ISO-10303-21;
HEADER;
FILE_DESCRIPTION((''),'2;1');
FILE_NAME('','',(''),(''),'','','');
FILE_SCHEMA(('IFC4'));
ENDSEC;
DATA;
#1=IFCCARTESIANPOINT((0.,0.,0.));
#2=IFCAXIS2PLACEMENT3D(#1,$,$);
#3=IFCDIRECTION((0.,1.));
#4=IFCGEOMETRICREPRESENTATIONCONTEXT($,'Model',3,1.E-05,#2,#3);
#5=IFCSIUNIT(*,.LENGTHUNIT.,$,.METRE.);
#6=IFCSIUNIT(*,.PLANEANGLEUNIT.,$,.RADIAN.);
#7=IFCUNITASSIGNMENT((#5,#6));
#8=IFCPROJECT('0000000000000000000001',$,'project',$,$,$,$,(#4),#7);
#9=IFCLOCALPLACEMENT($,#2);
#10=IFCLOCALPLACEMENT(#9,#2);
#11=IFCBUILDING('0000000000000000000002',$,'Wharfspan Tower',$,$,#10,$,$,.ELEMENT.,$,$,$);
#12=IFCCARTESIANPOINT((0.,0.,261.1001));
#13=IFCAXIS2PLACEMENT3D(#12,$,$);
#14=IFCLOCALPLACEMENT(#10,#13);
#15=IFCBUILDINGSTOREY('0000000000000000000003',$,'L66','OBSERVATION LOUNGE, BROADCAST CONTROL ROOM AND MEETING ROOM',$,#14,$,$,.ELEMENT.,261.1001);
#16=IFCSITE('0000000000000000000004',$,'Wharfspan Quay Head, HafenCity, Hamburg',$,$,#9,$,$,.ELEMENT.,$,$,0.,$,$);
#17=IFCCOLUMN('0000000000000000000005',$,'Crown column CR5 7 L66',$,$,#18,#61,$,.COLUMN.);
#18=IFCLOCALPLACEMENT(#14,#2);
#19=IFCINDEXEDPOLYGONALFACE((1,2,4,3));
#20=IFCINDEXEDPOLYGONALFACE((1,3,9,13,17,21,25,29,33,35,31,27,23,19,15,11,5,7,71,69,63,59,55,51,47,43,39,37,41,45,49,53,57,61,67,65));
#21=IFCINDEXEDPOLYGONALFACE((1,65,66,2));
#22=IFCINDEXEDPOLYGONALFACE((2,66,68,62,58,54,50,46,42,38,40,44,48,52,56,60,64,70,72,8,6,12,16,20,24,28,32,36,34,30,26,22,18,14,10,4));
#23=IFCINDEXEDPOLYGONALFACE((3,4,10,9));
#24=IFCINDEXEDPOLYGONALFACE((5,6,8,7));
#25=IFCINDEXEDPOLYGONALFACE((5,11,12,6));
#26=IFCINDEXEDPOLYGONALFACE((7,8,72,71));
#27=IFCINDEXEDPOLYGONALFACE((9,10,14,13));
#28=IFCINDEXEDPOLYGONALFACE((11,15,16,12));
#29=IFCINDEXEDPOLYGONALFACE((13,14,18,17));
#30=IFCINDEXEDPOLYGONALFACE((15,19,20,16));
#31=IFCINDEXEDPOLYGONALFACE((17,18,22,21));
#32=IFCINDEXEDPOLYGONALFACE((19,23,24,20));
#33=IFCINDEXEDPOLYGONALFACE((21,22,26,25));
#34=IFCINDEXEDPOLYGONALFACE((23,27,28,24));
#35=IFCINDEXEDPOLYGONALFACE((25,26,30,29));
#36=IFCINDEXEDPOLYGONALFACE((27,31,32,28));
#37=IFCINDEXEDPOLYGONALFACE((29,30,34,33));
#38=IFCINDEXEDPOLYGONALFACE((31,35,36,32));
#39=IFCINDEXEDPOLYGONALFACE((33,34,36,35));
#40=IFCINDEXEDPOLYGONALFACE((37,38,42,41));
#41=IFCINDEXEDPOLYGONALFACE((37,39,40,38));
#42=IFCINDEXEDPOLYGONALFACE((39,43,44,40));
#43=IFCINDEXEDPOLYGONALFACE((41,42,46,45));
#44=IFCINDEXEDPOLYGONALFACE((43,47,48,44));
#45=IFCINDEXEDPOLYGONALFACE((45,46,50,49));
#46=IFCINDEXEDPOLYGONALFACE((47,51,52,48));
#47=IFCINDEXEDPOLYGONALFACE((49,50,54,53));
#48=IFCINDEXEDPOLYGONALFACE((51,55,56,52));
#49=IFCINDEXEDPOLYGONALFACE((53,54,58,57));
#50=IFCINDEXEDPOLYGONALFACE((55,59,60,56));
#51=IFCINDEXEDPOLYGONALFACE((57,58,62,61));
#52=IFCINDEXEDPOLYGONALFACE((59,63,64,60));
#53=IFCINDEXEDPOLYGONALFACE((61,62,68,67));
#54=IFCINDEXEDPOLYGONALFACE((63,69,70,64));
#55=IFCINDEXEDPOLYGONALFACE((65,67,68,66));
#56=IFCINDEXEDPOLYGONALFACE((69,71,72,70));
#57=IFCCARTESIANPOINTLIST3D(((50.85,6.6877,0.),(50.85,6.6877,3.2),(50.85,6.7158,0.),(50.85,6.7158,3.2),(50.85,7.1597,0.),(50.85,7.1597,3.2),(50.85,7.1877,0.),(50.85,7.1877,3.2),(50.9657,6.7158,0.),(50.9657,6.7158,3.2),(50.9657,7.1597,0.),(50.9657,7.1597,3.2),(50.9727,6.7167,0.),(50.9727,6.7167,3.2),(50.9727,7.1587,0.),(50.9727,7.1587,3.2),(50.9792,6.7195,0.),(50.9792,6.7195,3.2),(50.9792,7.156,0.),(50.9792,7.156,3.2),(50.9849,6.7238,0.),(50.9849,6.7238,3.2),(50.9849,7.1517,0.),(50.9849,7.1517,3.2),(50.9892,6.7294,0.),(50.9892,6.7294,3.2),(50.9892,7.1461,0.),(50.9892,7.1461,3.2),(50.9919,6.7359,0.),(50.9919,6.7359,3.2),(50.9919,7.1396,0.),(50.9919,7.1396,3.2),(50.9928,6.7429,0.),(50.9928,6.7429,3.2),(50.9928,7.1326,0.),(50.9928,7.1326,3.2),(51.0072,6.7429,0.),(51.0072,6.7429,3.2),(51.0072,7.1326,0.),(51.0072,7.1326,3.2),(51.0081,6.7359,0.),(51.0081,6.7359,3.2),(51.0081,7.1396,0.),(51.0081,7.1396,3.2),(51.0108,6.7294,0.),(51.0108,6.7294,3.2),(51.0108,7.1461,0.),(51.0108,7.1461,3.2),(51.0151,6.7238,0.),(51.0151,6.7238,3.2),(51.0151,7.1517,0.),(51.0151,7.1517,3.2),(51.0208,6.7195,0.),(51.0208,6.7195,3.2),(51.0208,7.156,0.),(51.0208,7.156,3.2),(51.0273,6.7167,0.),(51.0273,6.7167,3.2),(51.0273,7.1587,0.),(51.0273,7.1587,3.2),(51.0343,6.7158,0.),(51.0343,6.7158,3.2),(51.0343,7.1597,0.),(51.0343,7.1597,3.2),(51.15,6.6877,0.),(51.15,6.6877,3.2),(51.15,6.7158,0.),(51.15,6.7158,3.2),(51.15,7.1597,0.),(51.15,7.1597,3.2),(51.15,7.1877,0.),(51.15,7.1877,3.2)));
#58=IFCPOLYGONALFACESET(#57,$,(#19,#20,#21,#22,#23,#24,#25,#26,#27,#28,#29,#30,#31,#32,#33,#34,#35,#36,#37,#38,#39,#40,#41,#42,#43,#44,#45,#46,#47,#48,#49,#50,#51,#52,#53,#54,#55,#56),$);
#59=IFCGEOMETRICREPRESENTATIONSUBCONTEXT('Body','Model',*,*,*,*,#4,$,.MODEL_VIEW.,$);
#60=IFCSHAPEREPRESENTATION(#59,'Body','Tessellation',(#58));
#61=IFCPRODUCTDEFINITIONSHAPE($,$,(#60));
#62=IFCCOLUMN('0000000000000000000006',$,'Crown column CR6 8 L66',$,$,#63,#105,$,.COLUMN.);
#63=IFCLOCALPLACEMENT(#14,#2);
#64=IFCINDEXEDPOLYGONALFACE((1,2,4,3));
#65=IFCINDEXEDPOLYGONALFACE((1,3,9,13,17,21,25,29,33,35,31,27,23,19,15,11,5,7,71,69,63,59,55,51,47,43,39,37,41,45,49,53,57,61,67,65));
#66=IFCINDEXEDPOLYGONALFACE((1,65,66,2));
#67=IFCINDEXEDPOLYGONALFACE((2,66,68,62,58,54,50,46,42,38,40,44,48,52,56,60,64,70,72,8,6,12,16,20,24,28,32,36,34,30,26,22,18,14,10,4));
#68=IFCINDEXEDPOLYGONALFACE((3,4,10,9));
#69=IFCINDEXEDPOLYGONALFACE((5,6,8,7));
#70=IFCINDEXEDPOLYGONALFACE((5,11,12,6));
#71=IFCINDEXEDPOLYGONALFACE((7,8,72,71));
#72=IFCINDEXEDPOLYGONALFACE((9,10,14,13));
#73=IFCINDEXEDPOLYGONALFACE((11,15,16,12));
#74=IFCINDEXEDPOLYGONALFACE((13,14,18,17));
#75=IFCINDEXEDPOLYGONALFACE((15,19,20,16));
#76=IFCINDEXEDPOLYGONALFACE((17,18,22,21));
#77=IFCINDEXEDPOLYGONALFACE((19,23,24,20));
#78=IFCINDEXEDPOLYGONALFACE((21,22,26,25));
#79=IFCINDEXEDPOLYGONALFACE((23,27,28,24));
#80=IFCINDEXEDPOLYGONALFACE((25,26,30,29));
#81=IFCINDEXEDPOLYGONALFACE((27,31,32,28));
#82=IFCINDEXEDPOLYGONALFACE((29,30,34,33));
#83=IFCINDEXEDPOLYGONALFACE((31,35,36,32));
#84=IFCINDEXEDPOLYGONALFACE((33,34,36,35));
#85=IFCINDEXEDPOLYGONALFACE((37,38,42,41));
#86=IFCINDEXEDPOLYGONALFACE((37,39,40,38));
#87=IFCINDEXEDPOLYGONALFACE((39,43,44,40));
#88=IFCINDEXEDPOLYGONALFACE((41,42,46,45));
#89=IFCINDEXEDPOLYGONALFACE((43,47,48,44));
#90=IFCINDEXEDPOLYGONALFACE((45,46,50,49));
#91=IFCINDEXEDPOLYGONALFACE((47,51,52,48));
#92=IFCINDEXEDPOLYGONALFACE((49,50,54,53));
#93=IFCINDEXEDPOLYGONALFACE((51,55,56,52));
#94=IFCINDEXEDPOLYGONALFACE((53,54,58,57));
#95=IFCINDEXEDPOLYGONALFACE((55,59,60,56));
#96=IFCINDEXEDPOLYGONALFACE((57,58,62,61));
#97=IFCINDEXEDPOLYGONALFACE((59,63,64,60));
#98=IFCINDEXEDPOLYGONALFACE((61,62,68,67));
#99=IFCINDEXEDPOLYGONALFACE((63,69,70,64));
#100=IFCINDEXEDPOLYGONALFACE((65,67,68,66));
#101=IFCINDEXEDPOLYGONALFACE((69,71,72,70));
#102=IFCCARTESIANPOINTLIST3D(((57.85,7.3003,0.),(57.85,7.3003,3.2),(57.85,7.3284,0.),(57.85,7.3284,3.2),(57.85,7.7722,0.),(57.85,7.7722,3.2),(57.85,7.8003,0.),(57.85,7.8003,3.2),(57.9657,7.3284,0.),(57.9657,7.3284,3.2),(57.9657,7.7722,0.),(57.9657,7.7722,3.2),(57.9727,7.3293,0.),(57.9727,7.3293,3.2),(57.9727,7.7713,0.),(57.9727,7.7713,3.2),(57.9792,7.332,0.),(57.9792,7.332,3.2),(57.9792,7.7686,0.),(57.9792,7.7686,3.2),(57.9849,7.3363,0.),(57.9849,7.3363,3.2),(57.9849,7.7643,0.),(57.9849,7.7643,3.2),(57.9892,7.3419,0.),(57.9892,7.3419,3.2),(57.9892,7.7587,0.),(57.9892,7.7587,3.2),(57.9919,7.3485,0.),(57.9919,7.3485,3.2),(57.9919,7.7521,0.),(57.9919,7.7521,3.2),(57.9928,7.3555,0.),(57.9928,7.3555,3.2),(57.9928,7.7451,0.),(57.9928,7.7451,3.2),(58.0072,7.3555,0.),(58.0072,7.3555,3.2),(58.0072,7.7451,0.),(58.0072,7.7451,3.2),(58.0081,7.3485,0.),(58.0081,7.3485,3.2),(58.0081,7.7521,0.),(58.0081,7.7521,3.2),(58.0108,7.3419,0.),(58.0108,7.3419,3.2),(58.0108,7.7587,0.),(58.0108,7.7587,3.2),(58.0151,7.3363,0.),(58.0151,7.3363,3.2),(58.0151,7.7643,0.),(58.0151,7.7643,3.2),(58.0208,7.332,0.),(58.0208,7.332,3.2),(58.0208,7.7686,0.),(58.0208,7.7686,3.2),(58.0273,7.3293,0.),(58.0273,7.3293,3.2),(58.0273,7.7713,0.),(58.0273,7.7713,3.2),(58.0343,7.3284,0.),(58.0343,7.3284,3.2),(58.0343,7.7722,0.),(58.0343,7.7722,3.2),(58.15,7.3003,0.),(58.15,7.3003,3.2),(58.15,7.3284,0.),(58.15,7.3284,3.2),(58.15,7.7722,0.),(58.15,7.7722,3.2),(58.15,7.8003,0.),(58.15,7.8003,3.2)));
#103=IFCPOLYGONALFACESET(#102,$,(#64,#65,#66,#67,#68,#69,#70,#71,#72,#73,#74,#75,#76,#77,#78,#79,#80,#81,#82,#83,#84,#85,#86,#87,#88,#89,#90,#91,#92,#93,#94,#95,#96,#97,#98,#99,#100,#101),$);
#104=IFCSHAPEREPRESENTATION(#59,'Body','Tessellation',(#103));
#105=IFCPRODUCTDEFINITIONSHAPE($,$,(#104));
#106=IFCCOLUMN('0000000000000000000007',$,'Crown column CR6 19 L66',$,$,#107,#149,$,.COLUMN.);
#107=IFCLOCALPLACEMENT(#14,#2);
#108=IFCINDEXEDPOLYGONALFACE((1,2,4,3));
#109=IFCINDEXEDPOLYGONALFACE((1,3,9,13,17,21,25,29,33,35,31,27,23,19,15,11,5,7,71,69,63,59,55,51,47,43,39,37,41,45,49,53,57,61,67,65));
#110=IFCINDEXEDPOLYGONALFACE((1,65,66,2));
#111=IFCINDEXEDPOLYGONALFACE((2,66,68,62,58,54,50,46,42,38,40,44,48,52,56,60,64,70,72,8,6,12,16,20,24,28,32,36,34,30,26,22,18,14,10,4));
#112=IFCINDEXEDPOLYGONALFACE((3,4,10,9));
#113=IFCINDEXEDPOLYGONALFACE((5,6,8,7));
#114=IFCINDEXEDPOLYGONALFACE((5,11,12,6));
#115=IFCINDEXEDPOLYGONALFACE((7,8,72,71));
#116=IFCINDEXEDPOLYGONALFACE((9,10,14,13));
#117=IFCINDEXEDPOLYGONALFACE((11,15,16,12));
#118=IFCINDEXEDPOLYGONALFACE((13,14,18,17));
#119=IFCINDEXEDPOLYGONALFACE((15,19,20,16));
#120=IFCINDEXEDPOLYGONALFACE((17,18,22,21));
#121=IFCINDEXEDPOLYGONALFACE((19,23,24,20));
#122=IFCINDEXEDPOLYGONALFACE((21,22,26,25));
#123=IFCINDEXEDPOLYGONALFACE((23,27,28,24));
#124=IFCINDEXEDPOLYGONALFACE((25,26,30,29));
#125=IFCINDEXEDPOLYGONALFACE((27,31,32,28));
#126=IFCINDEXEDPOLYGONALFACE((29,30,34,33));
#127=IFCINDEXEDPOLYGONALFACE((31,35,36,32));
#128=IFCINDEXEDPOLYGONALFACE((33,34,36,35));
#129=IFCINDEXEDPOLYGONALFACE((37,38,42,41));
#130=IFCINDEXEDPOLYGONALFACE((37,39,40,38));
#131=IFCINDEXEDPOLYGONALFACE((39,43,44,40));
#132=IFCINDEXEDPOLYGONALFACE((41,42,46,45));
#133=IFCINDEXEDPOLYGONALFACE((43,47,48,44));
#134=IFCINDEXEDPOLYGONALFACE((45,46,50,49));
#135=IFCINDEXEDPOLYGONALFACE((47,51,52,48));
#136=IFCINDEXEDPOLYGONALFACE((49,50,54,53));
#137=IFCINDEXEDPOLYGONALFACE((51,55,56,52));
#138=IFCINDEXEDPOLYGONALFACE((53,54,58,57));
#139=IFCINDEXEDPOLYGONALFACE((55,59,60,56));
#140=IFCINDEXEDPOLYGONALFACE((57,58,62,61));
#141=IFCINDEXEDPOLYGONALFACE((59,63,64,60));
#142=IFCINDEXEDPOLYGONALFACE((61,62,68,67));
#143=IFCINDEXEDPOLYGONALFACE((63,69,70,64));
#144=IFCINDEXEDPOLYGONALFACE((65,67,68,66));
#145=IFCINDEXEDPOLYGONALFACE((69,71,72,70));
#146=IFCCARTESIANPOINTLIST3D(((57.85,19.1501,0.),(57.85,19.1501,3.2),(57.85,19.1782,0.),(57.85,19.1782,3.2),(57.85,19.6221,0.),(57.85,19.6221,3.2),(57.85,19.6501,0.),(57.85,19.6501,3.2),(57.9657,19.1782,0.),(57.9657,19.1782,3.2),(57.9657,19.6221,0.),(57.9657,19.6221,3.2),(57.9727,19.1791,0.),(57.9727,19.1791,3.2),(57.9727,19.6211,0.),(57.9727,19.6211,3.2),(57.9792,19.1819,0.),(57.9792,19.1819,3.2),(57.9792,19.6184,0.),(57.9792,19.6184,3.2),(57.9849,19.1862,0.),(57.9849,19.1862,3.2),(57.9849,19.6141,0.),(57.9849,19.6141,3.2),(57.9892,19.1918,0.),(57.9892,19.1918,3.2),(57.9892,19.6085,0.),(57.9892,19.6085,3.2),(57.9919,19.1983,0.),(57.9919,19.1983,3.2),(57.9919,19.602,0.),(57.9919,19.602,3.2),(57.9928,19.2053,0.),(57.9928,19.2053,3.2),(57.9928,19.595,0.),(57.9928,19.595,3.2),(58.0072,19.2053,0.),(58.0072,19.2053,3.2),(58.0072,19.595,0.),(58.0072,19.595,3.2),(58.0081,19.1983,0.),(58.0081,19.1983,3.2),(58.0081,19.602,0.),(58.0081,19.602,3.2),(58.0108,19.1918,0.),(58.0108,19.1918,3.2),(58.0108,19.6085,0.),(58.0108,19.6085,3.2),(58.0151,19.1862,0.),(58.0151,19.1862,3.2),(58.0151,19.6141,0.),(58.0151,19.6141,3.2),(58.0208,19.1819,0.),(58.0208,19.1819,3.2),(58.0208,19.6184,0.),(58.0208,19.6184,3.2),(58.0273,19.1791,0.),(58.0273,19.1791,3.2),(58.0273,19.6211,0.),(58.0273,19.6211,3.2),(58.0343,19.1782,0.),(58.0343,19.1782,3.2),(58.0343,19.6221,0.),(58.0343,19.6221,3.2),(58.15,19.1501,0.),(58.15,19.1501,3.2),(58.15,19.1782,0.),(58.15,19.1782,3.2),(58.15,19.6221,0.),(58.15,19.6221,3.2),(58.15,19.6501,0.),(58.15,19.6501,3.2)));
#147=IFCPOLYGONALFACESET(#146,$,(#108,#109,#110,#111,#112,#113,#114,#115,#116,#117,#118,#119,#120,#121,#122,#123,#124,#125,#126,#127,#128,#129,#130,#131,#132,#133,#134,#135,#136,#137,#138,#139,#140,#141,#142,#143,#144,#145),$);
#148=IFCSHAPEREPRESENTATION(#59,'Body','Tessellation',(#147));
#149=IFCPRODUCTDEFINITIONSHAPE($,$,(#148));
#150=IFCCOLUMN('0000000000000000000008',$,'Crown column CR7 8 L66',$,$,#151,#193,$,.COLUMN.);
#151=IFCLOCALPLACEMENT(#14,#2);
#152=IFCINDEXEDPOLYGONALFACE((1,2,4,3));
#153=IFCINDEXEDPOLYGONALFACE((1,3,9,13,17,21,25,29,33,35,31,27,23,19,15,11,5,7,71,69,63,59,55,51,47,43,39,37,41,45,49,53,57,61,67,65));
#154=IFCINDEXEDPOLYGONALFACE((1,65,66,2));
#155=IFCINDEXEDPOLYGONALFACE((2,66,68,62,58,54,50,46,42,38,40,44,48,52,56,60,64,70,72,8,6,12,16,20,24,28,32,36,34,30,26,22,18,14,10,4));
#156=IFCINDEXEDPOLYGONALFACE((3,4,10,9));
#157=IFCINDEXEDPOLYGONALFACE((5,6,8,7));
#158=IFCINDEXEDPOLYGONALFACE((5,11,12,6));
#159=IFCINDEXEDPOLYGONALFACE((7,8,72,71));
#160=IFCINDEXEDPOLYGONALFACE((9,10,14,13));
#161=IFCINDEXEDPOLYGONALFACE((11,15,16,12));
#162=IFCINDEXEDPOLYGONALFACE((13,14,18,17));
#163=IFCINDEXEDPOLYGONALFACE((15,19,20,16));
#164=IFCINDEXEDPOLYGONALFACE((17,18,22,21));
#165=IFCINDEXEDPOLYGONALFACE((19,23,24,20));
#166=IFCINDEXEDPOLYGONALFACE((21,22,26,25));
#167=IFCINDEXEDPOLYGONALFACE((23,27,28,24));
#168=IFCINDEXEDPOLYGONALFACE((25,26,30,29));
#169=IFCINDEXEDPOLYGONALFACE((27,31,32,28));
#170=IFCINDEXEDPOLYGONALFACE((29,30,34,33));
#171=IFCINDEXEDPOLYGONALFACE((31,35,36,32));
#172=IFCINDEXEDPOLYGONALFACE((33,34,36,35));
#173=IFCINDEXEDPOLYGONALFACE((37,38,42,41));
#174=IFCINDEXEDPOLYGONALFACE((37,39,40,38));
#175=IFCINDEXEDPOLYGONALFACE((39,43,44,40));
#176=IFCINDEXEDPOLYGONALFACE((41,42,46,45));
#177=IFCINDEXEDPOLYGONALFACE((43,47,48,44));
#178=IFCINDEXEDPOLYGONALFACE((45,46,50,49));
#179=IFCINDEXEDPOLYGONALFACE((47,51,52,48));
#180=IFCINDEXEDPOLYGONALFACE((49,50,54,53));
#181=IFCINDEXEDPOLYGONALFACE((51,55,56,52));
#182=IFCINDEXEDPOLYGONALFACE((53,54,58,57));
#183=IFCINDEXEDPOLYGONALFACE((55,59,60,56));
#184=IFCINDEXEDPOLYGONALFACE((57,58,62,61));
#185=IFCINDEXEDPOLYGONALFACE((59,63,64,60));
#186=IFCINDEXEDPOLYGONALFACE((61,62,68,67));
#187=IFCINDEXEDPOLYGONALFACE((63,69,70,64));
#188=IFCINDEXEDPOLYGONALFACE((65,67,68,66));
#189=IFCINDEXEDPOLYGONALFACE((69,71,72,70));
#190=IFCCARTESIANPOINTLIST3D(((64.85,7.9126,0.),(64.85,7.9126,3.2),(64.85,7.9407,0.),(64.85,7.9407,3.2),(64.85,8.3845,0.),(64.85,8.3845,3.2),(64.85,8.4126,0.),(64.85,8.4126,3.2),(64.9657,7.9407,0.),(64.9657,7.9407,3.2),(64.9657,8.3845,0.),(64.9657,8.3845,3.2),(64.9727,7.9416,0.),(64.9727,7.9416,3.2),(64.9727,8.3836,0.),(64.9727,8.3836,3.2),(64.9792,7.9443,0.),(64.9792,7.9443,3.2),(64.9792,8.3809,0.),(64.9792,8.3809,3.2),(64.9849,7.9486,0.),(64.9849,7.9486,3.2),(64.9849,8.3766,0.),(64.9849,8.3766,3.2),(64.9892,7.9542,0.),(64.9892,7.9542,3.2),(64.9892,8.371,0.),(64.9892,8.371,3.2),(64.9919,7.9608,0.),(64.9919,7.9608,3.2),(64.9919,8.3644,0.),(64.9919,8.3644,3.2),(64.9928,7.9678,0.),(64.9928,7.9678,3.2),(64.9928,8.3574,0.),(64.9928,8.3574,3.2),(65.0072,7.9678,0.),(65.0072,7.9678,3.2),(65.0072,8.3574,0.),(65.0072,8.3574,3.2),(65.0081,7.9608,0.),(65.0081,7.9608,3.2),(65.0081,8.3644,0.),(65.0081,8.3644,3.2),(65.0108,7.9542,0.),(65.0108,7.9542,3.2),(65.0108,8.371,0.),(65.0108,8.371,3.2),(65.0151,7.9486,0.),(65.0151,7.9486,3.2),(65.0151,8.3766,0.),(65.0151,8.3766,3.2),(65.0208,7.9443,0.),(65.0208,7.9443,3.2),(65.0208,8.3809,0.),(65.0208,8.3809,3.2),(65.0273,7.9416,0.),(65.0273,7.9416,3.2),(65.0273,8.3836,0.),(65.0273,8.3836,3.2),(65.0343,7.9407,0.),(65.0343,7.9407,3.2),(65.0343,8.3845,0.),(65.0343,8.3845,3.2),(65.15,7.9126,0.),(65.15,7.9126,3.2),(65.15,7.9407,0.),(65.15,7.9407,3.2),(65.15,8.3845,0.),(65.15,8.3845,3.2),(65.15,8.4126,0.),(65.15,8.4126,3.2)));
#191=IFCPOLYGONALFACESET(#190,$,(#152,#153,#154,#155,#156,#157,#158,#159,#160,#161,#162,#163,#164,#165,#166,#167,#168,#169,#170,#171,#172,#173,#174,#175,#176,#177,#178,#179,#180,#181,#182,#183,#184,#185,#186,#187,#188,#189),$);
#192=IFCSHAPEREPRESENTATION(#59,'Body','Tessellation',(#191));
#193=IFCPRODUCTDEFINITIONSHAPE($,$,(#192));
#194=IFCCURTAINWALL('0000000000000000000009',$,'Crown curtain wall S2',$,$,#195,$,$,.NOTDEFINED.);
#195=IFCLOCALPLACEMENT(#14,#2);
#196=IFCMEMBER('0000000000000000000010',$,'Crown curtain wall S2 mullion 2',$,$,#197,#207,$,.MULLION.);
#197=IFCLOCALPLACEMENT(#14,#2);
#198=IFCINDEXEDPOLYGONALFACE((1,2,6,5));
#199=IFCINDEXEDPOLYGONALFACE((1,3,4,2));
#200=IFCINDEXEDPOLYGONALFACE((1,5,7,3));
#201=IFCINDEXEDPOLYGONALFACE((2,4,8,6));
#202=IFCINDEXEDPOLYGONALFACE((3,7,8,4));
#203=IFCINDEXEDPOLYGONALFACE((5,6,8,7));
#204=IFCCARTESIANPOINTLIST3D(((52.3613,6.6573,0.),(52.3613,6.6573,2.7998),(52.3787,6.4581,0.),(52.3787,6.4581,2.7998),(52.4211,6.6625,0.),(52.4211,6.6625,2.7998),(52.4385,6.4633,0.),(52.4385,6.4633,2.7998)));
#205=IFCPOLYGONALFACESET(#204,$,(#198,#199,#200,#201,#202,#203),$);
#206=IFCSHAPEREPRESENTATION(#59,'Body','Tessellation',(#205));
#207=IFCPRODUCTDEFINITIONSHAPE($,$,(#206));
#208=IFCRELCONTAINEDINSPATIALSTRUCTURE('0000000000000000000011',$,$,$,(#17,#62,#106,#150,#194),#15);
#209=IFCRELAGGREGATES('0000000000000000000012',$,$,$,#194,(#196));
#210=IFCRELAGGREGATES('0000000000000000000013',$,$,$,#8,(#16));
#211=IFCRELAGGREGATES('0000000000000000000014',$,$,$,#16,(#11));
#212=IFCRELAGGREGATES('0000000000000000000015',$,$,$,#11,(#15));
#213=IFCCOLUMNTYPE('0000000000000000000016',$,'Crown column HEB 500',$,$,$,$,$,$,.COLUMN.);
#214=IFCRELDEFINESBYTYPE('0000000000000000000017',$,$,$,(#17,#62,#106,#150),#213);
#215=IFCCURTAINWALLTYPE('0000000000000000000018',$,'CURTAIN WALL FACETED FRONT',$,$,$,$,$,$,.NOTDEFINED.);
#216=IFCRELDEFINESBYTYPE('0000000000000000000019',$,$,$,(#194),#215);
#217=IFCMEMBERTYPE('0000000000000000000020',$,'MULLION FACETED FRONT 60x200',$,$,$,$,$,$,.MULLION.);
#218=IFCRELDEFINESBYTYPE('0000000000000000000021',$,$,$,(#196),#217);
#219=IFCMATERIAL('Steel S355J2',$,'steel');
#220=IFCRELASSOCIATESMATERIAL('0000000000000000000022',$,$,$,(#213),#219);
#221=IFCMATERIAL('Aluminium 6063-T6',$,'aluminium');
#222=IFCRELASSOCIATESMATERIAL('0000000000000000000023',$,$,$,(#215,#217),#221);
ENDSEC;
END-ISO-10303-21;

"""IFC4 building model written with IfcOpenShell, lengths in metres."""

from ifc_helpers import new_model, si_unit, direction, frame, origin, origin_2d, place, context, subcontext, project, spatial, rectangle, i_section, extrude, material, material_profile, profile_set, type_object, element, aggregate, save


model = new_model("IFC4")

# Units and contexts
model_context = context("Model", 3, precision=1e-05, world=origin(), true_north=direction((0.0, 1.0)))
body_context = subcontext(model_context, "Body", "Model", "MODEL_VIEW")
ifc_project = project(units=[si_unit("LENGTHUNIT", "METRE"), si_unit("PLANEANGLEUNIT", "RADIAN")], contexts=[model_context])

# Site, building, storey
site_placement = place(None, origin())
site = spatial("IfcSite", under=ifc_project, at=site_placement, Name="Wharfspan Quay Head, HafenCity, Hamburg", CompositionType="ELEMENT", RefElevation=0.0)
building_placement = place(site_placement, origin())
building = spatial("IfcBuilding", under=site, at=building_placement, Name="Wharfspan Tower", CompositionType="ELEMENT")
storey_placement = place(building_placement, frame((0.0, 0.0, 261.1001)))
storey = spatial("IfcBuildingStorey", under=building, at=storey_placement, Name="L66", Description="OBSERVATION LOUNGE, BROADCAST CONTROL ROOM AND MEETING ROOM", CompositionType="ELEMENT", Elevation=261.1001)

# Columns
ifc_material_1 = material(Name="Steel S355J2", Category="steel")
ifc_material_profile_1 = material_profile(ifc_material_1, i_section(OverallWidth=0.3, OverallDepth=0.5, WebThickness=0.0144, FlangeThickness=0.0281, FilletRadius=0.0271, at=origin_2d()))
ifc_profile_set_1 = profile_set([ifc_material_profile_1], Name="Steel S355J2")
column_type = type_object("IfcColumnType", Name="Crown column HEB 500", PredefinedType="COLUMN", material=ifc_profile_set_1)
for number, where, z_axis, x_axis, name in (
    (1, (51.0, 6.9377, 0.0), (0.0, 0.0, 1.0), (1.0, 0.0, 0.0), "Crown column CR5 7 L66"),
    (2, (58.0, 7.5503, 0.0), (0.0, 0.0, 1.0), (1.0, 0.0, 0.0), "Crown column CR6 8 L66"),
    (3, (58.0, 19.4001, 0.0), (0.0, 0.0, 1.0), (1.0, 0.0, 0.0), "Crown column CR6 19 L66"),
    (4, (65.0, 8.1626, 0.0), (0.0, 0.0, 1.0), (1.0, 0.0, 0.0), "Crown column CR7 8 L66"),
):
    element("IfcColumn", number, at=place(storey_placement, frame(where, z_axis=z_axis, x_axis=x_axis)), inside=storey, type_object=column_type, Name=name, PredefinedType="COLUMN", context=body_context, shape_type="SweptSolid", body=[
        extrude(i_section(OverallWidth=0.3, OverallDepth=0.5, WebThickness=0.0144, FlangeThickness=0.0281, FilletRadius=0.0271, at=origin_2d()), origin(), (0.0, 0.0, 1.0), 3.2),
    ])

# Curtain wall, member
ifc_material_2 = material(Name="Aluminium 6063-T6", Category="aluminium")
curtain_wall_type = type_object("IfcCurtainWallType", Name="CURTAIN WALL FACETED FRONT", PredefinedType="NOTDEFINED", material=ifc_material_2)
curtain_wall_placement = place(storey_placement, origin())
curtain_wall = element("IfcCurtainWall", 5, at=curtain_wall_placement, inside=storey, type_object=curtain_wall_type, Name="Crown curtain wall S2", PredefinedType="NOTDEFINED")
ifc_material_profile_2 = material_profile(ifc_material_2, rectangle(XDim=0.2, YDim=0.0601, at=origin_2d()))
ifc_profile_set_2 = profile_set([ifc_material_profile_2], Name="Aluminium 6063-T6")
member_type_1 = type_object("IfcMemberType", Name="MULLION FACETED FRONT 60x200", PredefinedType="MULLION", material=ifc_profile_set_2)
member_1_placement = place(storey_placement, frame((52.3999, 6.5603, 0.0), z_axis=(0.0, 0.0, 1.0), x_axis=(-0.087156, 0.996198, 0.0)))
member_1 = element("IfcMember", 6, at=member_1_placement, type_object=member_type_1, Name="Crown curtain wall S2 mullion 2", PredefinedType="MULLION", context=body_context, shape_type="SweptSolid", body=[
    extrude(rectangle(XDim=0.2, YDim=0.0601, at=origin_2d()), origin(), (0.0, 0.0, 1.0), 2.7998),
])
aggregate(curtain_wall, [member_1])

save(model, "model.ifc")
